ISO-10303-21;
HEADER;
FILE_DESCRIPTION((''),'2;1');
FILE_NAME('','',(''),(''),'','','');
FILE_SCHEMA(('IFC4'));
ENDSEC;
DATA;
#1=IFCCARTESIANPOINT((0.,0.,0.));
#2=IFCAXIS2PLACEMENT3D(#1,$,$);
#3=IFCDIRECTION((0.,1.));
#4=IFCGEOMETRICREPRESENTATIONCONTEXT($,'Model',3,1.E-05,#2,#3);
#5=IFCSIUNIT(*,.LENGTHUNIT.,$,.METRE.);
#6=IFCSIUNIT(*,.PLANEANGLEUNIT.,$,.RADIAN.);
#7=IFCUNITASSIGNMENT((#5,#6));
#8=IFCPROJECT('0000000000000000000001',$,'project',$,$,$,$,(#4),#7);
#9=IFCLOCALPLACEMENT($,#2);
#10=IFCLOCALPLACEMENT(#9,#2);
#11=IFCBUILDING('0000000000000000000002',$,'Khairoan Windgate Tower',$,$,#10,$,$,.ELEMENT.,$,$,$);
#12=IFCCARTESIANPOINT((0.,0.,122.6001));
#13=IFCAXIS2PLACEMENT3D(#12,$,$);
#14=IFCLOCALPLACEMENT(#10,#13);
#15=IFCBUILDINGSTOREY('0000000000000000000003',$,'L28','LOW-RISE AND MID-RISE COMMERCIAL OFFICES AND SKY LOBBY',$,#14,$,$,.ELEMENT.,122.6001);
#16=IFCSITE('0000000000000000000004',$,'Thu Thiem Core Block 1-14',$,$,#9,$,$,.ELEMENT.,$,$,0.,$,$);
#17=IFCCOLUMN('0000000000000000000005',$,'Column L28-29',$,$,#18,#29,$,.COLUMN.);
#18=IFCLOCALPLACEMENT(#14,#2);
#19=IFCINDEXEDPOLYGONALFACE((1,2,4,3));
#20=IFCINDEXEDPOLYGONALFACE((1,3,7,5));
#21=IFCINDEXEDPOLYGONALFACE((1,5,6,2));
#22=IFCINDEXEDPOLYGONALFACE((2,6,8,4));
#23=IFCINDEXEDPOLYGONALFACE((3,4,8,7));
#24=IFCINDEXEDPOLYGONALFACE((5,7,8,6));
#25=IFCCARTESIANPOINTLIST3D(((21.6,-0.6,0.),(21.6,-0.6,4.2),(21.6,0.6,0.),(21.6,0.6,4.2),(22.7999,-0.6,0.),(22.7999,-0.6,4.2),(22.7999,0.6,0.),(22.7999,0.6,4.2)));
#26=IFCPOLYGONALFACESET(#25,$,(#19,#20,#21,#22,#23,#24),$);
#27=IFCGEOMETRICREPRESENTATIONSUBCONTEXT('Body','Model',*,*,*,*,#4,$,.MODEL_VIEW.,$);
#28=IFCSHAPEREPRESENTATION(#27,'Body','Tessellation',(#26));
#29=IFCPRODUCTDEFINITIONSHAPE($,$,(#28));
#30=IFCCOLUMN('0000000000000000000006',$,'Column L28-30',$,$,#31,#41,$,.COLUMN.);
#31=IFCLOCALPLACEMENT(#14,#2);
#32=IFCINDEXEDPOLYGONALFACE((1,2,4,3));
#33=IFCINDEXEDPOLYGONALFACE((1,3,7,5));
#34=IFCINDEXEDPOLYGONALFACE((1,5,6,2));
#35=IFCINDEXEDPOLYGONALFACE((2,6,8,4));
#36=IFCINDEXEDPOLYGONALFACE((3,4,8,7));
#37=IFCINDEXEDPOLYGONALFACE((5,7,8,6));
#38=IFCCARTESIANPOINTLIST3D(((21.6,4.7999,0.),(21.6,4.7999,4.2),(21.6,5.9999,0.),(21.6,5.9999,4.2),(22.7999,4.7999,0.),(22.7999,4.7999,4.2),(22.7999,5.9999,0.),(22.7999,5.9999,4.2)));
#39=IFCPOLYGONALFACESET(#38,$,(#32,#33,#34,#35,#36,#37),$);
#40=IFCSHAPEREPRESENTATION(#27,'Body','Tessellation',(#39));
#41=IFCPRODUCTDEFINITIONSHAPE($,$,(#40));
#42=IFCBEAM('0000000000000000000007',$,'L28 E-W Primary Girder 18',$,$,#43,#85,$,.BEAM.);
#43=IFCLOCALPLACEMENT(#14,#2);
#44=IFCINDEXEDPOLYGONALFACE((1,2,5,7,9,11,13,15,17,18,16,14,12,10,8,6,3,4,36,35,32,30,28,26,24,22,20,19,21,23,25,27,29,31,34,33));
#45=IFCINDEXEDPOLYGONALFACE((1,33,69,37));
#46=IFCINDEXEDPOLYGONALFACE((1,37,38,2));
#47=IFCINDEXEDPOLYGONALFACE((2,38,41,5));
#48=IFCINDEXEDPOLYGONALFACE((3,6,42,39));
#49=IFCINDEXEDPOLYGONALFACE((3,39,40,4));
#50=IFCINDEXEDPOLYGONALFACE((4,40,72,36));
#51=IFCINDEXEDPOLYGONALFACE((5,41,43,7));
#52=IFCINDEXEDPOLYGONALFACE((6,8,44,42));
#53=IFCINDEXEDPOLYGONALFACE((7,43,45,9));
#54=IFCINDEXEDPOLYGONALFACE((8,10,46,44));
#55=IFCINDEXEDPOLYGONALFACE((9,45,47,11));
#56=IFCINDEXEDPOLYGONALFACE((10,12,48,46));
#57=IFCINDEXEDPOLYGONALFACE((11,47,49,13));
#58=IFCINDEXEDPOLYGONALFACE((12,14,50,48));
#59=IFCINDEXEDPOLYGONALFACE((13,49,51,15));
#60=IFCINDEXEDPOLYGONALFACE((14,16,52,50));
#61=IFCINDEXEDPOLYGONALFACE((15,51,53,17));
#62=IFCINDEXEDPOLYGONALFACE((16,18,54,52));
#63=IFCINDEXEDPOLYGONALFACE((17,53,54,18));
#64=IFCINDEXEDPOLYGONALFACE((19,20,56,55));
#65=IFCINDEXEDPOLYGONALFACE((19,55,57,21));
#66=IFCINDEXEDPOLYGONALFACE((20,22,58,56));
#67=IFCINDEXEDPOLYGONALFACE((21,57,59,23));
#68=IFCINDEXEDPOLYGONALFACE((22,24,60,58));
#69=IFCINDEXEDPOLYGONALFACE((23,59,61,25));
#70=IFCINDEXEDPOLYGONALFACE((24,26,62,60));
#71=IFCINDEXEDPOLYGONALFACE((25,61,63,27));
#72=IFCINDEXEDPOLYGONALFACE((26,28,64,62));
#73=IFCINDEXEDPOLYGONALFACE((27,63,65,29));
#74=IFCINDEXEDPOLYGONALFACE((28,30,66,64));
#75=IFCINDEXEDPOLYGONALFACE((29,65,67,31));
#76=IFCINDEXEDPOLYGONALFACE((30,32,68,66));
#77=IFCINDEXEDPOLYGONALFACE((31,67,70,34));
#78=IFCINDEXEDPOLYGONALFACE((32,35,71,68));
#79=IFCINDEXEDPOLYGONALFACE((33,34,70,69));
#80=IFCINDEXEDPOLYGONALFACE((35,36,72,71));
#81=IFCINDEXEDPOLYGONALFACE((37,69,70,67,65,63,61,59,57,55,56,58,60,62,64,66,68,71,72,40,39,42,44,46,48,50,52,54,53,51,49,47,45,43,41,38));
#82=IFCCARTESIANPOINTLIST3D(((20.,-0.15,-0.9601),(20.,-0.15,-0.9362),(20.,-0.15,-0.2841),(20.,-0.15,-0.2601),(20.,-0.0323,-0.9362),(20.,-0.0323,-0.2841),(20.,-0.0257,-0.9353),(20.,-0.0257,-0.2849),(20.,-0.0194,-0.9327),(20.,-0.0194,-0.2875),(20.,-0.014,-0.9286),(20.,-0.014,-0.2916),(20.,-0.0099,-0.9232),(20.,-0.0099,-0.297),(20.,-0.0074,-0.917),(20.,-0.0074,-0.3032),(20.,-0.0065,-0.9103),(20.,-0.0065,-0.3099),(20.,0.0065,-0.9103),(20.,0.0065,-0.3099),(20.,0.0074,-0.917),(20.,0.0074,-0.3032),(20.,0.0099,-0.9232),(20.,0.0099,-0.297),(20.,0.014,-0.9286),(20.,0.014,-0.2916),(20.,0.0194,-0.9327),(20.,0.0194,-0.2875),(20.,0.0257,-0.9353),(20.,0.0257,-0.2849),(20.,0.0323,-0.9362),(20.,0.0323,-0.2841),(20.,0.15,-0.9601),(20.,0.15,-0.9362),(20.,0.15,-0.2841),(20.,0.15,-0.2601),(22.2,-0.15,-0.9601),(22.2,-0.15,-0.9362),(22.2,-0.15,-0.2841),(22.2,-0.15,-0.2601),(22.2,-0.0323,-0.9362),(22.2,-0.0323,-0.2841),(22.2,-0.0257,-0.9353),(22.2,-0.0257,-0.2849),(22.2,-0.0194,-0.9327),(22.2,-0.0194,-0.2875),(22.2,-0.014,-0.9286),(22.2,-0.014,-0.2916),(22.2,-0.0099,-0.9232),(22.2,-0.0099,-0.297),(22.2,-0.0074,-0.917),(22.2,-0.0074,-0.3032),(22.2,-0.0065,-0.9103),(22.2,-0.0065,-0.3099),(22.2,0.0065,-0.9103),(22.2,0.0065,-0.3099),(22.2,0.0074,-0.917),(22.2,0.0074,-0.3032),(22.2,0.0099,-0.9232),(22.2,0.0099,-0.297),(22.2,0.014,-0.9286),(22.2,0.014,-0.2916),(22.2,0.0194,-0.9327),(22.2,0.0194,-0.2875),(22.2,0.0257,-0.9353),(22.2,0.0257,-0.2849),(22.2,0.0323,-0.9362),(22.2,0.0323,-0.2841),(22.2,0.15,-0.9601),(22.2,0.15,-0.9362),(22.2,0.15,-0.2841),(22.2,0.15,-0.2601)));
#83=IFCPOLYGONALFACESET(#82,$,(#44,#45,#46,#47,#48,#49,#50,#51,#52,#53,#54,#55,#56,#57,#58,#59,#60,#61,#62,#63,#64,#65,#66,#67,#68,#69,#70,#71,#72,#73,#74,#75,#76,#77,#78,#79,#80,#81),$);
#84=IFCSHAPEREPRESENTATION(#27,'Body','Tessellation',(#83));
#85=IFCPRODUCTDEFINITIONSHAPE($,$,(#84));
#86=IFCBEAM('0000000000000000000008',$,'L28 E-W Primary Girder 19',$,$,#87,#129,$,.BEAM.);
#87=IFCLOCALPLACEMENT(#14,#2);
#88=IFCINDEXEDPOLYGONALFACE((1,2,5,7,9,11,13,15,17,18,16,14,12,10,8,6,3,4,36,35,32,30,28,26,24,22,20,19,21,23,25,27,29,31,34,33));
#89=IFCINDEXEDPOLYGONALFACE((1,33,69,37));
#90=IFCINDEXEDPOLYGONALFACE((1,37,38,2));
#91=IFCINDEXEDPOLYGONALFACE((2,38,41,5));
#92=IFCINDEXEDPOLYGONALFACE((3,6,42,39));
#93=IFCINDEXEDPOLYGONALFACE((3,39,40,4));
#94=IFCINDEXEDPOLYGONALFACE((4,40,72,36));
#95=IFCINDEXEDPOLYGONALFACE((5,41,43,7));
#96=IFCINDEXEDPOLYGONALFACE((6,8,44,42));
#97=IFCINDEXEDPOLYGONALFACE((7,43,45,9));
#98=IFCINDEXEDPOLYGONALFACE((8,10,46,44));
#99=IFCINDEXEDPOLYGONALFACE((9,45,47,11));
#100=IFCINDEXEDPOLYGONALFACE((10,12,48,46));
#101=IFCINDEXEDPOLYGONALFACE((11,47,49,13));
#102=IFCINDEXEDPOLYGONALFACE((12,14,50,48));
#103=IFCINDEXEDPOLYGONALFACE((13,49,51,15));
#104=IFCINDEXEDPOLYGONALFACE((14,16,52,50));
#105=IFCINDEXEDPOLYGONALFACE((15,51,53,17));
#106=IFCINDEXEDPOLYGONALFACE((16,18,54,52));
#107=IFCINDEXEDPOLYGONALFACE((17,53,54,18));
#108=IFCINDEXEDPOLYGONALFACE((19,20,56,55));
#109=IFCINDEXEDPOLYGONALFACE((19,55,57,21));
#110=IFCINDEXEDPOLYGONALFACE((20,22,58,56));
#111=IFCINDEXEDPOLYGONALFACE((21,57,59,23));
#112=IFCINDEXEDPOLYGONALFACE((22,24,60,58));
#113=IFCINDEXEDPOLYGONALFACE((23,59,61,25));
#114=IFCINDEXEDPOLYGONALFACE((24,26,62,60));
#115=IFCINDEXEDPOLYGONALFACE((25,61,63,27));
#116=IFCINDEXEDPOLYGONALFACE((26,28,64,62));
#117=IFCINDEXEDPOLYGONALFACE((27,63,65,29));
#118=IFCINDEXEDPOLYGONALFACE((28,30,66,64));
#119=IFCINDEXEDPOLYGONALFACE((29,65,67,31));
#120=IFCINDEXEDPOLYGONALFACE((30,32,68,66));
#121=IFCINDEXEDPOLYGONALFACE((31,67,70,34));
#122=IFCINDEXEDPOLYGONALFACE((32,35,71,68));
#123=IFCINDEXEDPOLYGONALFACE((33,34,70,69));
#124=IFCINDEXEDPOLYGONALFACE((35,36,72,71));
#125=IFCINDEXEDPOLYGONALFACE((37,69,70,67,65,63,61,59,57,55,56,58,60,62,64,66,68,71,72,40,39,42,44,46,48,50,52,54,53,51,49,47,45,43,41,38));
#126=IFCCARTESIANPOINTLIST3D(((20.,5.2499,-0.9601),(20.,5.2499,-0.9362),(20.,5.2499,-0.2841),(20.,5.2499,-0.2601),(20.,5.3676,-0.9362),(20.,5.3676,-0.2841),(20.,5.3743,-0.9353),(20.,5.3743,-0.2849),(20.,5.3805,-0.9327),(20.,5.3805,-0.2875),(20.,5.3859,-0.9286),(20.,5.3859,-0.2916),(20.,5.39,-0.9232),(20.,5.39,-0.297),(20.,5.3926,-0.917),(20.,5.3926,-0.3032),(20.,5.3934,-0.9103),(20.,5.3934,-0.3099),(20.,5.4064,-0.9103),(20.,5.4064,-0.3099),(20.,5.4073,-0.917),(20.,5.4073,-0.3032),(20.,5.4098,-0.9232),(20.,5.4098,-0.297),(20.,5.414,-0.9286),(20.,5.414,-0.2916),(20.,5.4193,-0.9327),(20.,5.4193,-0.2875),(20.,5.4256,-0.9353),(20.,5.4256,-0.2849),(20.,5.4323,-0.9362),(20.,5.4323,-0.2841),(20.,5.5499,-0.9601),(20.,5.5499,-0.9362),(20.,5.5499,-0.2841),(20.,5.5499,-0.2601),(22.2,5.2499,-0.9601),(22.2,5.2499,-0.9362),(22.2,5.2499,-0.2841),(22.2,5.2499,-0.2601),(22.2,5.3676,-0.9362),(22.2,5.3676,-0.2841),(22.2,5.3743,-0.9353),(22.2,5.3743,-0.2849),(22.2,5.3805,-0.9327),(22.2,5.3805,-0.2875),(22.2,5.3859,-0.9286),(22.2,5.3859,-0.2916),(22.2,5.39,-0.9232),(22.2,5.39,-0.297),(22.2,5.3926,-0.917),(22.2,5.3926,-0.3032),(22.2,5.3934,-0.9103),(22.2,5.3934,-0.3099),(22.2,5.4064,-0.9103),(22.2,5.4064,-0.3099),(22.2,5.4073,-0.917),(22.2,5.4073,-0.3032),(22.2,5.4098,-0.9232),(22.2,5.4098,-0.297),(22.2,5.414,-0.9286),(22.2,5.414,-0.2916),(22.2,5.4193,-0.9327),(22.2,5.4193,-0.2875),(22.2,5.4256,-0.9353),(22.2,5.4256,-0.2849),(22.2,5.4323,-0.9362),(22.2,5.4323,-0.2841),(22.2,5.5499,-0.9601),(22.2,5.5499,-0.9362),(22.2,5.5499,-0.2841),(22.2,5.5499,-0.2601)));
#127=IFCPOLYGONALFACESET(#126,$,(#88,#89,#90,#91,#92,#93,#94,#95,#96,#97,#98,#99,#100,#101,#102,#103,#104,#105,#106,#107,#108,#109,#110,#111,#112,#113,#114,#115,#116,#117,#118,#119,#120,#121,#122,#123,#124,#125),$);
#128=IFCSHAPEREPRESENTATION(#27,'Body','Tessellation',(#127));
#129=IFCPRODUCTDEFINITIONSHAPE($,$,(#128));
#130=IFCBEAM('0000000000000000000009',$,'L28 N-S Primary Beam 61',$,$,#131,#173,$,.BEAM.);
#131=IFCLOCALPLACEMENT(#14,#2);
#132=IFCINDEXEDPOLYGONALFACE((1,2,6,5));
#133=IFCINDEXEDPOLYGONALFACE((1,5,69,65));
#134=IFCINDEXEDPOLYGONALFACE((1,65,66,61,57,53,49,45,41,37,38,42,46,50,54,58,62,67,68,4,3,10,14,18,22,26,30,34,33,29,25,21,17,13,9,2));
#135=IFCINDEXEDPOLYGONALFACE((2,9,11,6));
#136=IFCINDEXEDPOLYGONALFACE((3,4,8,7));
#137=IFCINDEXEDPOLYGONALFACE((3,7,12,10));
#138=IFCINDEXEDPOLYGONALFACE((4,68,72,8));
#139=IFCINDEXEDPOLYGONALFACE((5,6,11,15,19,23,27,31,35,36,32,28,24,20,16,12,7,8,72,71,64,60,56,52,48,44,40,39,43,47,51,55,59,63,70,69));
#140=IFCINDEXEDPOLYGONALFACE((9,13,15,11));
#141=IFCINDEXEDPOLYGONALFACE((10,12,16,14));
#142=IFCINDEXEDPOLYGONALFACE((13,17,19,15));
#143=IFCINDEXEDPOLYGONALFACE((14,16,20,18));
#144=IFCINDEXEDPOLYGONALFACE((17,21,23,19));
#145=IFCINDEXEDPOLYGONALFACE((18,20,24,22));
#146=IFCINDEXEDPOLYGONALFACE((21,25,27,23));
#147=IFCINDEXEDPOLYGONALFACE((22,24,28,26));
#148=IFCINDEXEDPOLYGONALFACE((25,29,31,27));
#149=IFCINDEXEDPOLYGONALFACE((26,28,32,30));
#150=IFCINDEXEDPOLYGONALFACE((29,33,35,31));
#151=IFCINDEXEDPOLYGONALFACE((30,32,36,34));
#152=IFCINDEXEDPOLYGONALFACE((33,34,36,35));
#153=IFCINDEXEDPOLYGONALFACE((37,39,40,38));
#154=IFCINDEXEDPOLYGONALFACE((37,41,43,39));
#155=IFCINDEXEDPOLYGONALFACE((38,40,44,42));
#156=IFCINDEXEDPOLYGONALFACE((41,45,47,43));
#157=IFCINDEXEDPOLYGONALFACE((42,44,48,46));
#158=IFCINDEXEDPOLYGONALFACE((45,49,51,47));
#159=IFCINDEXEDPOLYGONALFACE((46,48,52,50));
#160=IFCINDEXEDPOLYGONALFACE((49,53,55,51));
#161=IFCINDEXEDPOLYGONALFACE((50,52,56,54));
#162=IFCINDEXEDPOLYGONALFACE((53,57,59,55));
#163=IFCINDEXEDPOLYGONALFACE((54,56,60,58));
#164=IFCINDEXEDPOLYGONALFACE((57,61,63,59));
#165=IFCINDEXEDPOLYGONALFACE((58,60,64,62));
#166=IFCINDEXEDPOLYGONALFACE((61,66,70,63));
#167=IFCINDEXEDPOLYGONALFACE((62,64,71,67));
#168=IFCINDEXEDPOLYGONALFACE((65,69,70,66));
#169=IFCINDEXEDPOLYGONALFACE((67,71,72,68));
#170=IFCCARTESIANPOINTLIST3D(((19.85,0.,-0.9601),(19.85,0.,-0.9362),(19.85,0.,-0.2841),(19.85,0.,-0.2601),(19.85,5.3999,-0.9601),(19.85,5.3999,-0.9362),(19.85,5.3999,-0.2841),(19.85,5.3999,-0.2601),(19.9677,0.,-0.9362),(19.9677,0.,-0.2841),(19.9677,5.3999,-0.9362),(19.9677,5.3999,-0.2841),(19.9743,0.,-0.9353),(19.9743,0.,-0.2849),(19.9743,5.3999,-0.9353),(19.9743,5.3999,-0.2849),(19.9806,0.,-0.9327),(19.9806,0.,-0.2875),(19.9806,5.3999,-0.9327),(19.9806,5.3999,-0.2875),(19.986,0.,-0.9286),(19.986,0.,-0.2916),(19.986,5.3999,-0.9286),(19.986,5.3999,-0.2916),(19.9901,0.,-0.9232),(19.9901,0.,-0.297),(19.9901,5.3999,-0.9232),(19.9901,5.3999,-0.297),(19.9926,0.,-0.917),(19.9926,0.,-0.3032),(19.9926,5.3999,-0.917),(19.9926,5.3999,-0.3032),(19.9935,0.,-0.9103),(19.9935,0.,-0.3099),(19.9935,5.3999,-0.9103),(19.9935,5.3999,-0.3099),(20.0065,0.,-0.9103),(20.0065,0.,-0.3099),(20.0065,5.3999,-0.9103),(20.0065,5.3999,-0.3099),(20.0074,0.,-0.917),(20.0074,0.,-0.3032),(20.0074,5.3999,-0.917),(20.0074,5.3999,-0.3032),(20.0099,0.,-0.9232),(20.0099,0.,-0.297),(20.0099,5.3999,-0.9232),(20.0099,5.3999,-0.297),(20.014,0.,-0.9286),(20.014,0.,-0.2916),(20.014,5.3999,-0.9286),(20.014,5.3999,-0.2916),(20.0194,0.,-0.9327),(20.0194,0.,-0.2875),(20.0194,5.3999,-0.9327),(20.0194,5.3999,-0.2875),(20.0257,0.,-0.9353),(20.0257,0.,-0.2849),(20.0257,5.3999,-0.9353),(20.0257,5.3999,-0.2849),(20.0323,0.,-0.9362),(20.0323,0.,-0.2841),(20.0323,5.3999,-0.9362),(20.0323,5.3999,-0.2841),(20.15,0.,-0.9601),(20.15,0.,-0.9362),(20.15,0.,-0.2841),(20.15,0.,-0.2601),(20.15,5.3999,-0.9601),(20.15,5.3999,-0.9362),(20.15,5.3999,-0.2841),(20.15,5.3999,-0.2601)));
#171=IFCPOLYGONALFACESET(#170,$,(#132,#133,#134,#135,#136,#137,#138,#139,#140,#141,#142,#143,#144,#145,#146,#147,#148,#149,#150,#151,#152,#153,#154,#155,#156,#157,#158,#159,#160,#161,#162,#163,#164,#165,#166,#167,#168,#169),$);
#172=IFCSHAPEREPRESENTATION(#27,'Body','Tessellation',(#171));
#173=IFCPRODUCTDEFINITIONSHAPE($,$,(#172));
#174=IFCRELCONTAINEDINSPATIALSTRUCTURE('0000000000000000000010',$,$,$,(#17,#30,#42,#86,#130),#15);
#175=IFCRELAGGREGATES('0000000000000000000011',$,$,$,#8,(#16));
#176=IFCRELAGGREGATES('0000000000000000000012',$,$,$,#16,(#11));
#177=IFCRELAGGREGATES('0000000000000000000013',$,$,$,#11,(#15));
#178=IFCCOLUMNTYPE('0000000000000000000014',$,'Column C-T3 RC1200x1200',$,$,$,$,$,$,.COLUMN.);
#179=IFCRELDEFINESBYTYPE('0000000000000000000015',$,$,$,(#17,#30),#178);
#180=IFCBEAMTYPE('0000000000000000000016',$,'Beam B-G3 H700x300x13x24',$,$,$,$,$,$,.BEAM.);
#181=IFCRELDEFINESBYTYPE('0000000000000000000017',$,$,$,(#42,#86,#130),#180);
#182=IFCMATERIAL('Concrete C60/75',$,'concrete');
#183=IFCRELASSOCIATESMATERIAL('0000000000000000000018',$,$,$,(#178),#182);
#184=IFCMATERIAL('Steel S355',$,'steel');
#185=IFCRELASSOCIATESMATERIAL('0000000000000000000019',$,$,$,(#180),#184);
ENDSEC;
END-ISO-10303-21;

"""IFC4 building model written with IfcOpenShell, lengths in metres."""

from ifc_helpers import new_model, si_unit, direction, frame, origin, origin_2d, place, context, subcontext, project, spatial, rectangle, i_section, extrude, material, material_profile, profile_set, type_object, element, save


model = new_model("IFC4")

# Units and contexts
model_context = context("Model", 3, precision=1e-05, world=origin(), true_north=direction((0.0, 1.0)))
body_context = subcontext(model_context, "Body", "Model", "MODEL_VIEW")
ifc_project = project(units=[si_unit("LENGTHUNIT", "METRE"), si_unit("PLANEANGLEUNIT", "RADIAN")], contexts=[model_context])

# Site, building, storey
site_placement = place(None, origin())
site = spatial("IfcSite", under=ifc_project, at=site_placement, Name="Thu Thiem Core Block 1-14", CompositionType="ELEMENT", RefElevation=0.0)
building_placement = place(site_placement, origin())
building = spatial("IfcBuilding", under=site, at=building_placement, Name="Khairoan Windgate Tower", CompositionType="ELEMENT")
storey_placement = place(building_placement, frame((0.0, 0.0, 122.6001)))
storey = spatial("IfcBuildingStorey", under=building, at=storey_placement, Name="L28", Description="LOW-RISE AND MID-RISE COMMERCIAL OFFICES AND SKY LOBBY", CompositionType="ELEMENT", Elevation=122.6001)

# Columns
ifc_material_1 = material(Name="Concrete C60/75", Category="concrete")
ifc_material_profile_1 = material_profile(ifc_material_1, rectangle(XDim=1.2, YDim=1.2, at=origin_2d()))
ifc_profile_set_1 = profile_set([ifc_material_profile_1], Name="Concrete C60/75")
column_type = type_object("IfcColumnType", Name="Column C-T3 RC1200x1200", PredefinedType="COLUMN", material=ifc_profile_set_1)
for number, where, z_axis, x_axis, name in (
    (1, (22.2, 0.0, 0.0), (0.0, 0.0, 1.0), (1.0, 0.0, 0.0), "Column L28-29"),
    (2, (22.2, 5.3999, 0.0), (0.0, 0.0, 1.0), (1.0, 0.0, 0.0), "Column L28-30"),
):
    element("IfcColumn", number, at=place(storey_placement, frame(where, z_axis=z_axis, x_axis=x_axis)), inside=storey, type_object=column_type, Name=name, PredefinedType="COLUMN", context=body_context, shape_type="SweptSolid", body=[
        extrude(rectangle(XDim=1.2, YDim=1.2, at=origin_2d()), origin(), (0.0, 0.0, 1.0), 4.2),
    ])

# Beams
ifc_material_2 = material(Name="Steel S355", Category="steel")
ifc_material_profile_2 = material_profile(ifc_material_2, i_section(OverallWidth=0.3, OverallDepth=0.7, WebThickness=0.0129, FlangeThickness=0.0239, FilletRadius=0.0259, at=origin_2d()))
ifc_profile_set_2 = profile_set([ifc_material_profile_2], Name="Steel S355")
beam_type_1 = type_object("IfcBeamType", Name="Beam B-G3 H700x300x13x24", PredefinedType="BEAM", material=ifc_profile_set_2)
for number, where, z_axis, x_axis, name in (
    (3, (20.0, 0.0, -0.6101), (1.0, 0.0, 0.0), (0.0, 1.0, 0.0), "L28 E-W Primary Girder 18"),
    (4, (20.0, 5.3999, -0.6101), (1.0, 0.0, 0.0), (0.0, 1.0, 0.0), "L28 E-W Primary Girder 19"),
):
    element("IfcBeam", number, at=place(storey_placement, frame(where, z_axis=z_axis, x_axis=x_axis)), inside=storey, type_object=beam_type_1, Name=name, PredefinedType="BEAM", context=body_context, shape_type="SweptSolid", body=[
        extrude(i_section(OverallWidth=0.3, OverallDepth=0.7, WebThickness=0.0129, FlangeThickness=0.0239, FilletRadius=0.0259, at=origin_2d()), origin(), (0.0, 0.0, 1.0), 2.2),
    ])
beam_1_placement = place(storey_placement, frame((20.0, 0.0, -0.6101), z_axis=(0.0, 1.0, 0.0), x_axis=(-1.0, 0.0, 0.0)))
element("IfcBeam", 5, at=beam_1_placement, inside=storey, type_object=beam_type_1, Name="L28 N-S Primary Beam 61", PredefinedType="BEAM", context=body_context, shape_type="SweptSolid", body=[
    extrude(i_section(OverallWidth=0.3, OverallDepth=0.7, WebThickness=0.0129, FlangeThickness=0.0239, FilletRadius=0.0259, at=origin_2d()), origin(), (0.0, 0.0, 1.0), 5.3999),
])

save(model, "model.ifc")
